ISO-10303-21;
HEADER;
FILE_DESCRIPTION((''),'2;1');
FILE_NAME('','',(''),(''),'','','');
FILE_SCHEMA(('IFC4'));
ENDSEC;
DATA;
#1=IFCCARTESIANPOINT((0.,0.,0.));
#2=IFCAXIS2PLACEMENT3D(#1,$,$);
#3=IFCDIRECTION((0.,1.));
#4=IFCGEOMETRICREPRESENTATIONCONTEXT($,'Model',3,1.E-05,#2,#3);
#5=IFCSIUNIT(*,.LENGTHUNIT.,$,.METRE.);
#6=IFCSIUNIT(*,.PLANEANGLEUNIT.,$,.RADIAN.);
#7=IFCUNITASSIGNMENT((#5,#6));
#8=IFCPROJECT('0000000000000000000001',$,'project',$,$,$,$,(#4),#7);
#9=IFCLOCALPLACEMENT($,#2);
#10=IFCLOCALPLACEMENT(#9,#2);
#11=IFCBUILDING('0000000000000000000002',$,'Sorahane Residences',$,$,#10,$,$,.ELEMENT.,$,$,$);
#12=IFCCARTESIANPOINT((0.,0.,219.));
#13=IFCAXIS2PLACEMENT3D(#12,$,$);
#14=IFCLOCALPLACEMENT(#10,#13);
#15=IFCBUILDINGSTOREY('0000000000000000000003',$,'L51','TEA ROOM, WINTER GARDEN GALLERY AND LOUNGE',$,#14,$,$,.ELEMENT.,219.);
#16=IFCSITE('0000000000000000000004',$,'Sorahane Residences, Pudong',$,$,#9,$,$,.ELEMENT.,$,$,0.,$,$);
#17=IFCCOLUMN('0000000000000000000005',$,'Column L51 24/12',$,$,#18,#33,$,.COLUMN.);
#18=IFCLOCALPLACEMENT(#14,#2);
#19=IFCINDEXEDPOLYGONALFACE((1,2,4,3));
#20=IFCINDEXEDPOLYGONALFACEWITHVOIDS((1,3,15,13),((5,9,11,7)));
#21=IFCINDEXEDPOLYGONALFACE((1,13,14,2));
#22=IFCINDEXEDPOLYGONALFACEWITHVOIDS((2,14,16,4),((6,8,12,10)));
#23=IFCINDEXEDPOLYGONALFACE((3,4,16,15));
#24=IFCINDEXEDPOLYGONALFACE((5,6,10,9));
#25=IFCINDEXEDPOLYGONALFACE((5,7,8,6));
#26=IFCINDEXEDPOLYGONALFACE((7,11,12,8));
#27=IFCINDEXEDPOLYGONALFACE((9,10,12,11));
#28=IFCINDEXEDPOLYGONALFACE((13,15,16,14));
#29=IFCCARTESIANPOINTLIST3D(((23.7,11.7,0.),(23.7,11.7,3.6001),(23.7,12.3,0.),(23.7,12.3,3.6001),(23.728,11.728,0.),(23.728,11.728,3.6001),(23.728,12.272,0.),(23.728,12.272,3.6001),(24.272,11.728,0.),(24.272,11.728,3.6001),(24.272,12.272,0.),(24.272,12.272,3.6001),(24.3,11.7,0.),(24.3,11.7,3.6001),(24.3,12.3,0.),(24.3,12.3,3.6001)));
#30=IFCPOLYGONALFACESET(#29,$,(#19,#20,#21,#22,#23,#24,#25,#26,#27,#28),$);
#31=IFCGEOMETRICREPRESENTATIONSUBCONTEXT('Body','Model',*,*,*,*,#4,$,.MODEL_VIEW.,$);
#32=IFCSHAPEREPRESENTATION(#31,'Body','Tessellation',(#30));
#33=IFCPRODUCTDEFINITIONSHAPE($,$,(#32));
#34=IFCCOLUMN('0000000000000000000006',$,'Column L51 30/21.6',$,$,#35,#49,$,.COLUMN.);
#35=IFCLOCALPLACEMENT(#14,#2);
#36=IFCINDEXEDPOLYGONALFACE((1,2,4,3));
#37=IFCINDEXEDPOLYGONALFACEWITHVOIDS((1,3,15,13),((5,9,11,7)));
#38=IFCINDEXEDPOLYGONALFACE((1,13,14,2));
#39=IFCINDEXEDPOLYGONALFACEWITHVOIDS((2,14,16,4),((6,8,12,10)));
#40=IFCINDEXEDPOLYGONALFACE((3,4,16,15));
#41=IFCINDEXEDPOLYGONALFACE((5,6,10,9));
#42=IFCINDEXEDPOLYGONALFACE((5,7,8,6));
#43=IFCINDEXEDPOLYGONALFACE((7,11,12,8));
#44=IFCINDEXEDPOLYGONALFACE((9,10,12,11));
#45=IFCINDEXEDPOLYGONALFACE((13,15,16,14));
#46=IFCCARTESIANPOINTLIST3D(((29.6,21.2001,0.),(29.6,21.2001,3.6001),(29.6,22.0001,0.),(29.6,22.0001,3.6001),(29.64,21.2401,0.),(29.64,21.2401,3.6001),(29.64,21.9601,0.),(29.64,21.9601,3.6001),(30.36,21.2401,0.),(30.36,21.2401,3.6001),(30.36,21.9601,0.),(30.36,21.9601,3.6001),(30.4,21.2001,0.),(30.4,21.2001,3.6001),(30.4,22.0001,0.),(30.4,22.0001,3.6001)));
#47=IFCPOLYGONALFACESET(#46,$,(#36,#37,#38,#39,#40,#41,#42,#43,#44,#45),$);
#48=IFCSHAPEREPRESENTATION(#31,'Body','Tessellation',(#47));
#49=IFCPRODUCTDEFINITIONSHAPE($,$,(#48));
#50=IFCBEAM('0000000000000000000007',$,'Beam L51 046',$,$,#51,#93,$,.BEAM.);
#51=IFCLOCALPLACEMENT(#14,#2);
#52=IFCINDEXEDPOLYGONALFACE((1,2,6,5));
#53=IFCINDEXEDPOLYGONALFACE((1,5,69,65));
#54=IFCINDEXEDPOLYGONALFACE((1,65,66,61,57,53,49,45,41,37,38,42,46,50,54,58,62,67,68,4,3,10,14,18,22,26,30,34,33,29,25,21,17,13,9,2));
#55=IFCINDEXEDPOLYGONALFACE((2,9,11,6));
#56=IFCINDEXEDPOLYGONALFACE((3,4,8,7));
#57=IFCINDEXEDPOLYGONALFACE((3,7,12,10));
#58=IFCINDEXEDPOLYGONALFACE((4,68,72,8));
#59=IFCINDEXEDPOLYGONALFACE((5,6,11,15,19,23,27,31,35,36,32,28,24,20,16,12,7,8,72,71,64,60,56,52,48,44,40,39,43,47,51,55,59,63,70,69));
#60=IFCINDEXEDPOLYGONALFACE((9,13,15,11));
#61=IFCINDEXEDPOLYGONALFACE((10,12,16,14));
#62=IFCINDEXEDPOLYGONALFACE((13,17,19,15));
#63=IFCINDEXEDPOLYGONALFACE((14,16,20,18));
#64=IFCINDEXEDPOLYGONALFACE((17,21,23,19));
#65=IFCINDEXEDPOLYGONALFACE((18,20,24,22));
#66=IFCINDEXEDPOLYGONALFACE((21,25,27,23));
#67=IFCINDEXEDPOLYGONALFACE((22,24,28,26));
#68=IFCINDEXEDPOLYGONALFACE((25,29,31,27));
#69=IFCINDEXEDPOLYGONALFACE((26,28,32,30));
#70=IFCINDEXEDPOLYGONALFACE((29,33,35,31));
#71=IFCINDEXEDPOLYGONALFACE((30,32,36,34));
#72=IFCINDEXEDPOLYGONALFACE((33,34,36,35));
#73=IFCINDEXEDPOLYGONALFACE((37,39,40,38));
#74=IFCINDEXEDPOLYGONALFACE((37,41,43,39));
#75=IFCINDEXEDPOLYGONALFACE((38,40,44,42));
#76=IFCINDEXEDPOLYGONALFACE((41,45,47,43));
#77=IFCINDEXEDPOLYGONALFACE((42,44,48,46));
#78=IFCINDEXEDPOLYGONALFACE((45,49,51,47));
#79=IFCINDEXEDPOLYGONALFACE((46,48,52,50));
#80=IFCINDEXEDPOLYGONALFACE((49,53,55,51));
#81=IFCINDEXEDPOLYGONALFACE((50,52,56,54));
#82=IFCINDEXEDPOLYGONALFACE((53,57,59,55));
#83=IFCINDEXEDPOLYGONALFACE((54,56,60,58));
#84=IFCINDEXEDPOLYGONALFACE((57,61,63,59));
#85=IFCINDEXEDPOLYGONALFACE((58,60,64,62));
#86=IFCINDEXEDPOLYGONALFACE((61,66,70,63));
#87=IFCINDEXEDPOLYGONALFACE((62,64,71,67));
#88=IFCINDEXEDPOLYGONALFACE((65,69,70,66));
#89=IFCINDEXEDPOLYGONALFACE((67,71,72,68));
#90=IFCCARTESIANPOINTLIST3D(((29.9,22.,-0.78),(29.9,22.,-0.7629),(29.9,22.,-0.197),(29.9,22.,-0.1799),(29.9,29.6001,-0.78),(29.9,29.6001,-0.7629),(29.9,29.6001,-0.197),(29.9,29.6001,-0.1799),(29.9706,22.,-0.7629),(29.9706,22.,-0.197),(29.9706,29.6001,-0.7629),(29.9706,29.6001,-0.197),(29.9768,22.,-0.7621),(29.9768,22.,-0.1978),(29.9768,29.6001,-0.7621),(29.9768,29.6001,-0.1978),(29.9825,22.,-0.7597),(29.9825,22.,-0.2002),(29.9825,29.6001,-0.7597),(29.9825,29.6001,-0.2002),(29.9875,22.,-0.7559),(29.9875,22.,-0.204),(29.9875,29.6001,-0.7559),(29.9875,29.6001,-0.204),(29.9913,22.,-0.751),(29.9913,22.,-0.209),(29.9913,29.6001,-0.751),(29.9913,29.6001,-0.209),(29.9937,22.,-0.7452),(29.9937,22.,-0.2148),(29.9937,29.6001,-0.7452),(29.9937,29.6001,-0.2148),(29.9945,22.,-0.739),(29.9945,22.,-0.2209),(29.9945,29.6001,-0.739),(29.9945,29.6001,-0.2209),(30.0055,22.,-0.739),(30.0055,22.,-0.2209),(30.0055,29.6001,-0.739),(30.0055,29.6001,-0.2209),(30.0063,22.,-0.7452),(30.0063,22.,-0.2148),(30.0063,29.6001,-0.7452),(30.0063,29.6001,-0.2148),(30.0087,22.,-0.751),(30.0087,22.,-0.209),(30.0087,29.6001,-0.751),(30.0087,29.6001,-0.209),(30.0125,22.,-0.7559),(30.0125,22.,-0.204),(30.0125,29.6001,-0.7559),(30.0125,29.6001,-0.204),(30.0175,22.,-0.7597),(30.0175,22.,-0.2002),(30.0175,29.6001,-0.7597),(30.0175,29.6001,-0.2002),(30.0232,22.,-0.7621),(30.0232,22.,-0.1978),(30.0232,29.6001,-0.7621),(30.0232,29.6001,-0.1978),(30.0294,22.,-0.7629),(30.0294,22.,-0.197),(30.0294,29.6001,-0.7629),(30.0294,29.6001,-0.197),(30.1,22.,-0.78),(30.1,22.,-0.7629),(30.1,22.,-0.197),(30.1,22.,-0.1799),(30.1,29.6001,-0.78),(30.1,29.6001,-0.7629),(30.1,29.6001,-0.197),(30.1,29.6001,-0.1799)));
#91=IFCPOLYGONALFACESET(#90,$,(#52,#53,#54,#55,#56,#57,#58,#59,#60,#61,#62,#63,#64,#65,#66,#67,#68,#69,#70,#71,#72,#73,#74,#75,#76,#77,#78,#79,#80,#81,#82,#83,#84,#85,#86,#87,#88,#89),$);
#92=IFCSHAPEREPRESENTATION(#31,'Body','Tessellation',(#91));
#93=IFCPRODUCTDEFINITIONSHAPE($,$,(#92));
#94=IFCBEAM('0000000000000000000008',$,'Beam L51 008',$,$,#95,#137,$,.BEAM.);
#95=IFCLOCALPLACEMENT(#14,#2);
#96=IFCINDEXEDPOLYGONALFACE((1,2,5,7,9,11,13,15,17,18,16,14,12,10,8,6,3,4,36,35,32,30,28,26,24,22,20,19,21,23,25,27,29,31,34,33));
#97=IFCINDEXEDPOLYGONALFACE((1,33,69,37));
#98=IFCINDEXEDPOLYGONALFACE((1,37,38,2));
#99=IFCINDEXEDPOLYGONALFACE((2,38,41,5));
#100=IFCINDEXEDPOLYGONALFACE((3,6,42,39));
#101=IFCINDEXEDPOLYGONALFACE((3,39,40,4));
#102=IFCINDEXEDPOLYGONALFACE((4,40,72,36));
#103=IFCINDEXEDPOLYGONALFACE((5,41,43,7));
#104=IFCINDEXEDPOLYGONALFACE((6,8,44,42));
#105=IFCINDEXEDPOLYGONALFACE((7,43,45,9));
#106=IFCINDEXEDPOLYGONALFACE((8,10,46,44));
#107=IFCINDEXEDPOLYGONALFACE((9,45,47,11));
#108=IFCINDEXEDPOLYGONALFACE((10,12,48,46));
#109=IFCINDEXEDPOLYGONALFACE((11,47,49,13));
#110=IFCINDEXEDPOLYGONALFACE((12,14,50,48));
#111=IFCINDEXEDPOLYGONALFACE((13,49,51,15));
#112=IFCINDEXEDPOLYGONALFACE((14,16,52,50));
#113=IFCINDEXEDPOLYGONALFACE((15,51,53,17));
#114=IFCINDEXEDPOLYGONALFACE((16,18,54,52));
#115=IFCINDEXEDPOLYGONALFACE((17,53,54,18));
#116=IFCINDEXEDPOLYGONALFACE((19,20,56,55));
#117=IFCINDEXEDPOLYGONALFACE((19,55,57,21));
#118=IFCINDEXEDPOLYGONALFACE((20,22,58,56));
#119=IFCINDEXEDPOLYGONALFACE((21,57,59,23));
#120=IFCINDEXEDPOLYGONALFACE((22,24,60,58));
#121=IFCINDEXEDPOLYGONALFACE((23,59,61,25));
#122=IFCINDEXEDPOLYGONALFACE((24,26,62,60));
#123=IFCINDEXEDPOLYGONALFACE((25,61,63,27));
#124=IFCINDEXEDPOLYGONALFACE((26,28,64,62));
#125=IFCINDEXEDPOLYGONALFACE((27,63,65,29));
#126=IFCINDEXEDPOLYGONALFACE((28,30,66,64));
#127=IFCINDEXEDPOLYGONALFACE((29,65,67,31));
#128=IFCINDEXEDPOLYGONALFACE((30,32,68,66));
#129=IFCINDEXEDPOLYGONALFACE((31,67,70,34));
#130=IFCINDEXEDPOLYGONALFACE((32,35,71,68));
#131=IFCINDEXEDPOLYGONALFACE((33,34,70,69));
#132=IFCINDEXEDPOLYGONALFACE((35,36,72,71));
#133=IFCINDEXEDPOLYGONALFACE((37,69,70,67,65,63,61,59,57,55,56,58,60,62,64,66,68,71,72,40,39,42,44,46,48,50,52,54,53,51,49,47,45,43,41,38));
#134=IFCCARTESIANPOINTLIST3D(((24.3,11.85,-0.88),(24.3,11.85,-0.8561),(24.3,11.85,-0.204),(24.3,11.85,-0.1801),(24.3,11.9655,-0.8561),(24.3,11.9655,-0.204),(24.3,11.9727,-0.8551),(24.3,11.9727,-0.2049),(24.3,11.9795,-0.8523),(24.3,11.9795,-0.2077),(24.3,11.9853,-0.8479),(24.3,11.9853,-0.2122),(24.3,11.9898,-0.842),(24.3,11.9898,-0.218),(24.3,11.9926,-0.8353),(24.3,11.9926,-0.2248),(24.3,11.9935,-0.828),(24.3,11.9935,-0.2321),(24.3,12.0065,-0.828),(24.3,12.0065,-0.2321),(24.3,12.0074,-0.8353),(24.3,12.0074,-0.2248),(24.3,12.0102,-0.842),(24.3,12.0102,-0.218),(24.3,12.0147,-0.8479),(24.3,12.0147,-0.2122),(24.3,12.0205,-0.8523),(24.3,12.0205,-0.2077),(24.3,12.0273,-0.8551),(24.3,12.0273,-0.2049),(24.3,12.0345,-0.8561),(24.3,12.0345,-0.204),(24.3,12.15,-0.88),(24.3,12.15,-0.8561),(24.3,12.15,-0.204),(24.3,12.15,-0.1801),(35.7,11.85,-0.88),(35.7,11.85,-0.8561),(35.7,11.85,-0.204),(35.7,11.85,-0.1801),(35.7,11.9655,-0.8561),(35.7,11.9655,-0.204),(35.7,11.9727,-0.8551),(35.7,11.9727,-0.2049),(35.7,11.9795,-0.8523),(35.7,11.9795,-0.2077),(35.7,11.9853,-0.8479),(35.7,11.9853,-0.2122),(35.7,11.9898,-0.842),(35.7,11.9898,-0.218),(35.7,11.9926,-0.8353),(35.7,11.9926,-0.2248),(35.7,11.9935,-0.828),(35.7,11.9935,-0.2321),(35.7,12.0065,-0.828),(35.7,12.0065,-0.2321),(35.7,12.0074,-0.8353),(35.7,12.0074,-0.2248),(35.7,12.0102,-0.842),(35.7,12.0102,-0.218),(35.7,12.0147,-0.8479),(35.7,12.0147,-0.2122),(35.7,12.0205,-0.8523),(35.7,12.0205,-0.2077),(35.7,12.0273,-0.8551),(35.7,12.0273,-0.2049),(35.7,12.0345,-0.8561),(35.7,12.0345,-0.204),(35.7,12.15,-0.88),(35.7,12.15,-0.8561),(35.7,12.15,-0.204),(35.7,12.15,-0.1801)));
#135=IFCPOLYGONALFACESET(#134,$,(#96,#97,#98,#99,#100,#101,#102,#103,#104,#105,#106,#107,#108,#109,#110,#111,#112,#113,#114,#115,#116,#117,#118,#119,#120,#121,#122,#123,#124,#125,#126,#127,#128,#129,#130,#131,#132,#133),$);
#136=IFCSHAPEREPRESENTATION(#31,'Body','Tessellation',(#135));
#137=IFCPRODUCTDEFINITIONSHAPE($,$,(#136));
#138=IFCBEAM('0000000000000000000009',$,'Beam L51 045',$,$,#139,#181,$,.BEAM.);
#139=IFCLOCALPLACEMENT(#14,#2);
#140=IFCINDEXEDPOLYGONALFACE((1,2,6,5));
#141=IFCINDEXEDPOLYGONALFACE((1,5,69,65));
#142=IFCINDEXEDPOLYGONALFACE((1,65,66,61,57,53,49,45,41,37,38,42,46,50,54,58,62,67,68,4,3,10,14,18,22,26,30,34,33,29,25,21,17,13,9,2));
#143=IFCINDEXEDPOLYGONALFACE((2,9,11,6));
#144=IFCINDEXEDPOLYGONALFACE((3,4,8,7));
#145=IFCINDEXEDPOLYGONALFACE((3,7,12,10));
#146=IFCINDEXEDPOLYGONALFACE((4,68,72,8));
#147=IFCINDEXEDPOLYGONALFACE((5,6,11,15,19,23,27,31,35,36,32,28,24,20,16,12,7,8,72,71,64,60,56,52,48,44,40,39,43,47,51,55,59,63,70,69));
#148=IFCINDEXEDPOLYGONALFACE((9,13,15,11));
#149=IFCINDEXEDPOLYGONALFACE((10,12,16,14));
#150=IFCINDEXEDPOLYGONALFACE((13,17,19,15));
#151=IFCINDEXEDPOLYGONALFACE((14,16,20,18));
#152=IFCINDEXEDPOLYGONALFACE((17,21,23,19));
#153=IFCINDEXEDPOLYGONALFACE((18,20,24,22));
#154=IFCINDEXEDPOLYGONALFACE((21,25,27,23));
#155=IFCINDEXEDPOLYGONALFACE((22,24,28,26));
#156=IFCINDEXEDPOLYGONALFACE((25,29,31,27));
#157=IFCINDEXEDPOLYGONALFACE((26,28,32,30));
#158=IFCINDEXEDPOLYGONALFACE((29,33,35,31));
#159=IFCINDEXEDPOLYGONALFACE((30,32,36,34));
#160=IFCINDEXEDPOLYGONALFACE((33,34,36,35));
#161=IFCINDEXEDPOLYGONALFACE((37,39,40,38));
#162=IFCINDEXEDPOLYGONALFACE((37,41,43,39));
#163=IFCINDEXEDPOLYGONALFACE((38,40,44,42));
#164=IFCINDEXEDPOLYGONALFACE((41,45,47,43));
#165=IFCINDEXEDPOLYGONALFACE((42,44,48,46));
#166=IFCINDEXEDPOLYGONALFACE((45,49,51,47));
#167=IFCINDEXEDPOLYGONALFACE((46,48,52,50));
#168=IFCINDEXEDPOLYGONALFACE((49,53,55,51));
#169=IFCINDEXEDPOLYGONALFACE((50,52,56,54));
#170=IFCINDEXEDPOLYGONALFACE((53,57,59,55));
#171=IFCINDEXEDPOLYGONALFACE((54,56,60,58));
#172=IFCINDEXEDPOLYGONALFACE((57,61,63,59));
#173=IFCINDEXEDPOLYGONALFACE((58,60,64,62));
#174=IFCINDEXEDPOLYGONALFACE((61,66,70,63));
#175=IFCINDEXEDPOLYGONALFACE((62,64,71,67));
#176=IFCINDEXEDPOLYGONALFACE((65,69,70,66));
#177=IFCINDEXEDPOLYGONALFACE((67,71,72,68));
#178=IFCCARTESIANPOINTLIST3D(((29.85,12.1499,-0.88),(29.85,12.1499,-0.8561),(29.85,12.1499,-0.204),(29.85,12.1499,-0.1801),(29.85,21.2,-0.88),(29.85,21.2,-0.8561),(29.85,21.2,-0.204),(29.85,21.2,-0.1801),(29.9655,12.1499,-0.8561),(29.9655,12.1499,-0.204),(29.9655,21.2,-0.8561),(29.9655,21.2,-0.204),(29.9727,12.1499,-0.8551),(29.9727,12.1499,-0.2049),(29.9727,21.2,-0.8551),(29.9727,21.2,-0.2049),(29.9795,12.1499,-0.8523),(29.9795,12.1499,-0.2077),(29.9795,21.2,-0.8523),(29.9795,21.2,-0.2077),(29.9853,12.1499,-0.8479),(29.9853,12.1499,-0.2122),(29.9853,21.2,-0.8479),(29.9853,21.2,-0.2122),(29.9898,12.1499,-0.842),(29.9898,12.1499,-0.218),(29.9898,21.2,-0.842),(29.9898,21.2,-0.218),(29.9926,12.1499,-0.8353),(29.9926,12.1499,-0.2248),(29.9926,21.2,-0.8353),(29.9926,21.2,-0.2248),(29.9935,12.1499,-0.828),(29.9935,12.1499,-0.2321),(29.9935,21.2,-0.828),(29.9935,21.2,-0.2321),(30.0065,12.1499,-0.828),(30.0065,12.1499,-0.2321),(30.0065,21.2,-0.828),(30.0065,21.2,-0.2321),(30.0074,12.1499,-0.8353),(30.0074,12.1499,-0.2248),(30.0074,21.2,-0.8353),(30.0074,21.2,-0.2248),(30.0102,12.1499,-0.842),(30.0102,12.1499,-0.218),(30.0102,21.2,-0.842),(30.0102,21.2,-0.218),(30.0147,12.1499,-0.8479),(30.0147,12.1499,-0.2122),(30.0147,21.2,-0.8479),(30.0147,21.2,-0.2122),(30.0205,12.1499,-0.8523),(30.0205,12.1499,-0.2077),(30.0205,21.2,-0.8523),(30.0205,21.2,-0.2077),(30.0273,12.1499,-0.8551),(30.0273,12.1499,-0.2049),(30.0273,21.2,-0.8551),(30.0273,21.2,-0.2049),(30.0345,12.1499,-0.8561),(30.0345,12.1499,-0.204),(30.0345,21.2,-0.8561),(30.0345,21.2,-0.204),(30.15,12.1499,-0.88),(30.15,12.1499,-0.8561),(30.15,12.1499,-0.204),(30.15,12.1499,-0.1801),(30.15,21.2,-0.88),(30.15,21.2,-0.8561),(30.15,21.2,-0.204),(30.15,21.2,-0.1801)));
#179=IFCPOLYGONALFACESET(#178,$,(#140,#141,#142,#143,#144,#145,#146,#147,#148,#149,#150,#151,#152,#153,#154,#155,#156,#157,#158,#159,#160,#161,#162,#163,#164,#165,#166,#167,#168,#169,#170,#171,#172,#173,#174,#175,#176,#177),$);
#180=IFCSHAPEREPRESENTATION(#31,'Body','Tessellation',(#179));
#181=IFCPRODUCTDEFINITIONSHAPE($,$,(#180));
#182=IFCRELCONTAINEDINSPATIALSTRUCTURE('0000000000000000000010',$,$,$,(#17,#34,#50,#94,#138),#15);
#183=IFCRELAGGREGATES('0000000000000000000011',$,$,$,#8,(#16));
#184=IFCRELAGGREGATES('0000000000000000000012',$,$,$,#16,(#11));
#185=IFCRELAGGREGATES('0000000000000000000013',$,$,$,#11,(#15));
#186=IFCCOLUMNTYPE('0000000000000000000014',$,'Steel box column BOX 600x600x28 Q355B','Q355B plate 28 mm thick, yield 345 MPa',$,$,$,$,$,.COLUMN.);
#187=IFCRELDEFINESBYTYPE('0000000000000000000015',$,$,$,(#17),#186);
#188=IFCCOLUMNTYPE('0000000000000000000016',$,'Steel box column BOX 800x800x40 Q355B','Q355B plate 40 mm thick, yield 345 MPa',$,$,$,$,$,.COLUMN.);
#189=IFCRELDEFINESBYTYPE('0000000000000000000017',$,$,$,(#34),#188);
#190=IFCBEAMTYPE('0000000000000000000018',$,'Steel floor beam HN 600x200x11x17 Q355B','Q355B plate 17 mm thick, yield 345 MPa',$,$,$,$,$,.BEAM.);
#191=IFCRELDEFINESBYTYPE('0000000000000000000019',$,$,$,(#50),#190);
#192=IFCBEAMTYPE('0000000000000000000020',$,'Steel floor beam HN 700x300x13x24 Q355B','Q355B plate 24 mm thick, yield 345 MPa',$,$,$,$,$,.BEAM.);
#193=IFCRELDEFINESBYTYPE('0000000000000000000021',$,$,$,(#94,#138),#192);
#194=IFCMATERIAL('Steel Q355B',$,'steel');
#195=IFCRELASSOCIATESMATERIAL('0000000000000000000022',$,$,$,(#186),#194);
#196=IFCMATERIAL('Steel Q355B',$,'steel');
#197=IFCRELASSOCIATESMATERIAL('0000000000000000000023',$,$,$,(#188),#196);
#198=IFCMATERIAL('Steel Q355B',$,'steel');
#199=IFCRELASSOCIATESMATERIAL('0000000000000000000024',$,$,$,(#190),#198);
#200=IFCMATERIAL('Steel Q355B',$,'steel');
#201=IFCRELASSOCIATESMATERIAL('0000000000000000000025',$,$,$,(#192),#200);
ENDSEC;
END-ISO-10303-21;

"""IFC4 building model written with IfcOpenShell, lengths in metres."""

from ifc_helpers import new_model, si_unit, direction, frame, origin, origin_2d, place, context, subcontext, project, spatial, hollow_rectangle, i_section, extrude, material, material_profile, profile_set, type_object, element, save


model = new_model("IFC4")

# Units and contexts
model_context = context("Model", 3, precision=1e-05, world=origin(), true_north=direction((0.0, 1.0)))
body_context = subcontext(model_context, "Body", "Model", "MODEL_VIEW")
ifc_project = project(units=[si_unit("LENGTHUNIT", "METRE"), si_unit("PLANEANGLEUNIT", "RADIAN")], contexts=[model_context])

# Site, building, storey
site_placement = place(None, origin())
site = spatial("IfcSite", under=ifc_project, at=site_placement, Name="Sorahane Residences, Pudong", CompositionType="ELEMENT", RefElevation=0.0)
building_placement = place(site_placement, origin())
building = spatial("IfcBuilding", under=site, at=building_placement, Name="Sorahane Residences", CompositionType="ELEMENT")
storey_placement = place(building_placement, frame((0.0, 0.0, 219.0)))
storey = spatial("IfcBuildingStorey", under=building, at=storey_placement, Name="L51", Description="TEA ROOM, WINTER GARDEN GALLERY AND LOUNGE", CompositionType="ELEMENT", Elevation=219.0)

# Columns
ifc_material_1 = material(Name="Steel Q355B", Category="steel")
ifc_material_profile_1 = material_profile(ifc_material_1, hollow_rectangle(XDim=0.6001, YDim=0.6001, WallThickness=0.0281, at=origin_2d()), Name="BOX 600x600x28")
ifc_profile_set_1 = profile_set([ifc_material_profile_1], Name="Steel Q355B")
column_type_1 = type_object("IfcColumnType", Name="Steel box column BOX 600x600x28 Q355B", Description="Q355B plate 28 mm thick, yield 345 MPa", PredefinedType="COLUMN", material=ifc_profile_set_1)
column_1_placement = place(storey_placement, frame((24.0, 12.0, 0.0), z_axis=(0.0, 0.0, 1.0), x_axis=(1.0, 0.0, 0.0)))
element("IfcColumn", 1, at=column_1_placement, inside=storey, type_object=column_type_1, Name="Column L51 24/12", PredefinedType="COLUMN", context=body_context, shape_type="SweptSolid", body=[
    extrude(hollow_rectangle(XDim=0.6001, YDim=0.6001, WallThickness=0.0281, at=origin_2d()), origin(), (0.0, 0.0, 1.0), 3.6001),
])
ifc_material_2 = material(Name="Steel Q355B", Category="steel")
ifc_material_profile_2 = material_profile(ifc_material_2, hollow_rectangle(XDim=0.8, YDim=0.8, WallThickness=0.04, at=origin_2d()), Name="BOX 800x800x40")
ifc_profile_set_2 = profile_set([ifc_material_profile_2], Name="Steel Q355B")
column_type_2 = type_object("IfcColumnType", Name="Steel box column BOX 800x800x40 Q355B", Description="Q355B plate 40 mm thick, yield 345 MPa", PredefinedType="COLUMN", material=ifc_profile_set_2)
column_2_placement = place(storey_placement, frame((30.0, 21.6001, 0.0), z_axis=(0.0, 0.0, 1.0), x_axis=(1.0, 0.0, 0.0)))
element("IfcColumn", 2, at=column_2_placement, inside=storey, type_object=column_type_2, Name="Column L51 30/21.6", PredefinedType="COLUMN", context=body_context, shape_type="SweptSolid", body=[
    extrude(hollow_rectangle(XDim=0.8, YDim=0.8, WallThickness=0.04, at=origin_2d()), origin(), (0.0, 0.0, 1.0), 3.6001),
])

# Beams
ifc_material_3 = material(Name="Steel Q355B", Category="steel")
ifc_material_profile_3 = material_profile(ifc_material_3, i_section(OverallWidth=0.2, OverallDepth=0.6001, WebThickness=0.011, FlangeThickness=0.0171, FilletRadius=0.0239, at=origin_2d()), Name="HN 600x200x11x17")
ifc_profile_set_3 = profile_set([ifc_material_profile_3], Name="Steel Q355B")
beam_type_1 = type_object("IfcBeamType", Name="Steel floor beam HN 600x200x11x17 Q355B", Description="Q355B plate 17 mm thick, yield 345 MPa", PredefinedType="BEAM", material=ifc_profile_set_3)
beam_1_placement = place(storey_placement, frame((30.0, 22.0, -0.48), z_axis=(0.0, 1.0, 0.0), x_axis=(-1.0, 0.0, 0.0)))
element("IfcBeam", 3, at=beam_1_placement, inside=storey, type_object=beam_type_1, Name="Beam L51 046", PredefinedType="BEAM", context=body_context, shape_type="SweptSolid", body=[
    extrude(i_section(OverallWidth=0.2, OverallDepth=0.6001, WebThickness=0.011, FlangeThickness=0.0171, FilletRadius=0.0239, at=origin_2d()), origin(), (0.0, 0.0, 1.0), 7.6001),
])
ifc_material_4 = material(Name="Steel Q355B", Category="steel")
ifc_material_profile_4 = material_profile(ifc_material_4, i_section(OverallWidth=0.3, OverallDepth=0.7, WebThickness=0.0129, FlangeThickness=0.0239, FilletRadius=0.0281, at=origin_2d()), Name="HN 700x300x13x24")
ifc_profile_set_4 = profile_set([ifc_material_profile_4], Name="Steel Q355B")
beam_type_2 = type_object("IfcBeamType", Name="Steel floor beam HN 700x300x13x24 Q355B", Description="Q355B plate 24 mm thick, yield 345 MPa", PredefinedType="BEAM", material=ifc_profile_set_4)
beam_2_placement = place(storey_placement, frame((24.3, 12.0, -0.53), z_axis=(1.0, 0.0, 0.0), x_axis=(0.0, 1.0, 0.0)))
element("IfcBeam", 4, at=beam_2_placement, inside=storey, type_object=beam_type_2, Name="Beam L51 008", PredefinedType="BEAM", context=body_context, shape_type="SweptSolid", body=[
    extrude(i_section(OverallWidth=0.3, OverallDepth=0.7, WebThickness=0.0129, FlangeThickness=0.0239, FilletRadius=0.0281, at=origin_2d()), origin(), (0.0, 0.0, 1.0), 11.3999),
])
beam_3_placement = place(storey_placement, frame((30.0, 12.1499, -0.53), z_axis=(0.0, 1.0, 0.0), x_axis=(-1.0, 0.0, 0.0)))
element("IfcBeam", 5, at=beam_3_placement, inside=storey, type_object=beam_type_2, Name="Beam L51 045", PredefinedType="BEAM", context=body_context, shape_type="SweptSolid", body=[
    extrude(i_section(OverallWidth=0.3, OverallDepth=0.7, WebThickness=0.0129, FlangeThickness=0.0239, FilletRadius=0.0281, at=origin_2d()), origin(), (0.0, 0.0, 1.0), 9.05),
])

save(model, "model.ifc")
